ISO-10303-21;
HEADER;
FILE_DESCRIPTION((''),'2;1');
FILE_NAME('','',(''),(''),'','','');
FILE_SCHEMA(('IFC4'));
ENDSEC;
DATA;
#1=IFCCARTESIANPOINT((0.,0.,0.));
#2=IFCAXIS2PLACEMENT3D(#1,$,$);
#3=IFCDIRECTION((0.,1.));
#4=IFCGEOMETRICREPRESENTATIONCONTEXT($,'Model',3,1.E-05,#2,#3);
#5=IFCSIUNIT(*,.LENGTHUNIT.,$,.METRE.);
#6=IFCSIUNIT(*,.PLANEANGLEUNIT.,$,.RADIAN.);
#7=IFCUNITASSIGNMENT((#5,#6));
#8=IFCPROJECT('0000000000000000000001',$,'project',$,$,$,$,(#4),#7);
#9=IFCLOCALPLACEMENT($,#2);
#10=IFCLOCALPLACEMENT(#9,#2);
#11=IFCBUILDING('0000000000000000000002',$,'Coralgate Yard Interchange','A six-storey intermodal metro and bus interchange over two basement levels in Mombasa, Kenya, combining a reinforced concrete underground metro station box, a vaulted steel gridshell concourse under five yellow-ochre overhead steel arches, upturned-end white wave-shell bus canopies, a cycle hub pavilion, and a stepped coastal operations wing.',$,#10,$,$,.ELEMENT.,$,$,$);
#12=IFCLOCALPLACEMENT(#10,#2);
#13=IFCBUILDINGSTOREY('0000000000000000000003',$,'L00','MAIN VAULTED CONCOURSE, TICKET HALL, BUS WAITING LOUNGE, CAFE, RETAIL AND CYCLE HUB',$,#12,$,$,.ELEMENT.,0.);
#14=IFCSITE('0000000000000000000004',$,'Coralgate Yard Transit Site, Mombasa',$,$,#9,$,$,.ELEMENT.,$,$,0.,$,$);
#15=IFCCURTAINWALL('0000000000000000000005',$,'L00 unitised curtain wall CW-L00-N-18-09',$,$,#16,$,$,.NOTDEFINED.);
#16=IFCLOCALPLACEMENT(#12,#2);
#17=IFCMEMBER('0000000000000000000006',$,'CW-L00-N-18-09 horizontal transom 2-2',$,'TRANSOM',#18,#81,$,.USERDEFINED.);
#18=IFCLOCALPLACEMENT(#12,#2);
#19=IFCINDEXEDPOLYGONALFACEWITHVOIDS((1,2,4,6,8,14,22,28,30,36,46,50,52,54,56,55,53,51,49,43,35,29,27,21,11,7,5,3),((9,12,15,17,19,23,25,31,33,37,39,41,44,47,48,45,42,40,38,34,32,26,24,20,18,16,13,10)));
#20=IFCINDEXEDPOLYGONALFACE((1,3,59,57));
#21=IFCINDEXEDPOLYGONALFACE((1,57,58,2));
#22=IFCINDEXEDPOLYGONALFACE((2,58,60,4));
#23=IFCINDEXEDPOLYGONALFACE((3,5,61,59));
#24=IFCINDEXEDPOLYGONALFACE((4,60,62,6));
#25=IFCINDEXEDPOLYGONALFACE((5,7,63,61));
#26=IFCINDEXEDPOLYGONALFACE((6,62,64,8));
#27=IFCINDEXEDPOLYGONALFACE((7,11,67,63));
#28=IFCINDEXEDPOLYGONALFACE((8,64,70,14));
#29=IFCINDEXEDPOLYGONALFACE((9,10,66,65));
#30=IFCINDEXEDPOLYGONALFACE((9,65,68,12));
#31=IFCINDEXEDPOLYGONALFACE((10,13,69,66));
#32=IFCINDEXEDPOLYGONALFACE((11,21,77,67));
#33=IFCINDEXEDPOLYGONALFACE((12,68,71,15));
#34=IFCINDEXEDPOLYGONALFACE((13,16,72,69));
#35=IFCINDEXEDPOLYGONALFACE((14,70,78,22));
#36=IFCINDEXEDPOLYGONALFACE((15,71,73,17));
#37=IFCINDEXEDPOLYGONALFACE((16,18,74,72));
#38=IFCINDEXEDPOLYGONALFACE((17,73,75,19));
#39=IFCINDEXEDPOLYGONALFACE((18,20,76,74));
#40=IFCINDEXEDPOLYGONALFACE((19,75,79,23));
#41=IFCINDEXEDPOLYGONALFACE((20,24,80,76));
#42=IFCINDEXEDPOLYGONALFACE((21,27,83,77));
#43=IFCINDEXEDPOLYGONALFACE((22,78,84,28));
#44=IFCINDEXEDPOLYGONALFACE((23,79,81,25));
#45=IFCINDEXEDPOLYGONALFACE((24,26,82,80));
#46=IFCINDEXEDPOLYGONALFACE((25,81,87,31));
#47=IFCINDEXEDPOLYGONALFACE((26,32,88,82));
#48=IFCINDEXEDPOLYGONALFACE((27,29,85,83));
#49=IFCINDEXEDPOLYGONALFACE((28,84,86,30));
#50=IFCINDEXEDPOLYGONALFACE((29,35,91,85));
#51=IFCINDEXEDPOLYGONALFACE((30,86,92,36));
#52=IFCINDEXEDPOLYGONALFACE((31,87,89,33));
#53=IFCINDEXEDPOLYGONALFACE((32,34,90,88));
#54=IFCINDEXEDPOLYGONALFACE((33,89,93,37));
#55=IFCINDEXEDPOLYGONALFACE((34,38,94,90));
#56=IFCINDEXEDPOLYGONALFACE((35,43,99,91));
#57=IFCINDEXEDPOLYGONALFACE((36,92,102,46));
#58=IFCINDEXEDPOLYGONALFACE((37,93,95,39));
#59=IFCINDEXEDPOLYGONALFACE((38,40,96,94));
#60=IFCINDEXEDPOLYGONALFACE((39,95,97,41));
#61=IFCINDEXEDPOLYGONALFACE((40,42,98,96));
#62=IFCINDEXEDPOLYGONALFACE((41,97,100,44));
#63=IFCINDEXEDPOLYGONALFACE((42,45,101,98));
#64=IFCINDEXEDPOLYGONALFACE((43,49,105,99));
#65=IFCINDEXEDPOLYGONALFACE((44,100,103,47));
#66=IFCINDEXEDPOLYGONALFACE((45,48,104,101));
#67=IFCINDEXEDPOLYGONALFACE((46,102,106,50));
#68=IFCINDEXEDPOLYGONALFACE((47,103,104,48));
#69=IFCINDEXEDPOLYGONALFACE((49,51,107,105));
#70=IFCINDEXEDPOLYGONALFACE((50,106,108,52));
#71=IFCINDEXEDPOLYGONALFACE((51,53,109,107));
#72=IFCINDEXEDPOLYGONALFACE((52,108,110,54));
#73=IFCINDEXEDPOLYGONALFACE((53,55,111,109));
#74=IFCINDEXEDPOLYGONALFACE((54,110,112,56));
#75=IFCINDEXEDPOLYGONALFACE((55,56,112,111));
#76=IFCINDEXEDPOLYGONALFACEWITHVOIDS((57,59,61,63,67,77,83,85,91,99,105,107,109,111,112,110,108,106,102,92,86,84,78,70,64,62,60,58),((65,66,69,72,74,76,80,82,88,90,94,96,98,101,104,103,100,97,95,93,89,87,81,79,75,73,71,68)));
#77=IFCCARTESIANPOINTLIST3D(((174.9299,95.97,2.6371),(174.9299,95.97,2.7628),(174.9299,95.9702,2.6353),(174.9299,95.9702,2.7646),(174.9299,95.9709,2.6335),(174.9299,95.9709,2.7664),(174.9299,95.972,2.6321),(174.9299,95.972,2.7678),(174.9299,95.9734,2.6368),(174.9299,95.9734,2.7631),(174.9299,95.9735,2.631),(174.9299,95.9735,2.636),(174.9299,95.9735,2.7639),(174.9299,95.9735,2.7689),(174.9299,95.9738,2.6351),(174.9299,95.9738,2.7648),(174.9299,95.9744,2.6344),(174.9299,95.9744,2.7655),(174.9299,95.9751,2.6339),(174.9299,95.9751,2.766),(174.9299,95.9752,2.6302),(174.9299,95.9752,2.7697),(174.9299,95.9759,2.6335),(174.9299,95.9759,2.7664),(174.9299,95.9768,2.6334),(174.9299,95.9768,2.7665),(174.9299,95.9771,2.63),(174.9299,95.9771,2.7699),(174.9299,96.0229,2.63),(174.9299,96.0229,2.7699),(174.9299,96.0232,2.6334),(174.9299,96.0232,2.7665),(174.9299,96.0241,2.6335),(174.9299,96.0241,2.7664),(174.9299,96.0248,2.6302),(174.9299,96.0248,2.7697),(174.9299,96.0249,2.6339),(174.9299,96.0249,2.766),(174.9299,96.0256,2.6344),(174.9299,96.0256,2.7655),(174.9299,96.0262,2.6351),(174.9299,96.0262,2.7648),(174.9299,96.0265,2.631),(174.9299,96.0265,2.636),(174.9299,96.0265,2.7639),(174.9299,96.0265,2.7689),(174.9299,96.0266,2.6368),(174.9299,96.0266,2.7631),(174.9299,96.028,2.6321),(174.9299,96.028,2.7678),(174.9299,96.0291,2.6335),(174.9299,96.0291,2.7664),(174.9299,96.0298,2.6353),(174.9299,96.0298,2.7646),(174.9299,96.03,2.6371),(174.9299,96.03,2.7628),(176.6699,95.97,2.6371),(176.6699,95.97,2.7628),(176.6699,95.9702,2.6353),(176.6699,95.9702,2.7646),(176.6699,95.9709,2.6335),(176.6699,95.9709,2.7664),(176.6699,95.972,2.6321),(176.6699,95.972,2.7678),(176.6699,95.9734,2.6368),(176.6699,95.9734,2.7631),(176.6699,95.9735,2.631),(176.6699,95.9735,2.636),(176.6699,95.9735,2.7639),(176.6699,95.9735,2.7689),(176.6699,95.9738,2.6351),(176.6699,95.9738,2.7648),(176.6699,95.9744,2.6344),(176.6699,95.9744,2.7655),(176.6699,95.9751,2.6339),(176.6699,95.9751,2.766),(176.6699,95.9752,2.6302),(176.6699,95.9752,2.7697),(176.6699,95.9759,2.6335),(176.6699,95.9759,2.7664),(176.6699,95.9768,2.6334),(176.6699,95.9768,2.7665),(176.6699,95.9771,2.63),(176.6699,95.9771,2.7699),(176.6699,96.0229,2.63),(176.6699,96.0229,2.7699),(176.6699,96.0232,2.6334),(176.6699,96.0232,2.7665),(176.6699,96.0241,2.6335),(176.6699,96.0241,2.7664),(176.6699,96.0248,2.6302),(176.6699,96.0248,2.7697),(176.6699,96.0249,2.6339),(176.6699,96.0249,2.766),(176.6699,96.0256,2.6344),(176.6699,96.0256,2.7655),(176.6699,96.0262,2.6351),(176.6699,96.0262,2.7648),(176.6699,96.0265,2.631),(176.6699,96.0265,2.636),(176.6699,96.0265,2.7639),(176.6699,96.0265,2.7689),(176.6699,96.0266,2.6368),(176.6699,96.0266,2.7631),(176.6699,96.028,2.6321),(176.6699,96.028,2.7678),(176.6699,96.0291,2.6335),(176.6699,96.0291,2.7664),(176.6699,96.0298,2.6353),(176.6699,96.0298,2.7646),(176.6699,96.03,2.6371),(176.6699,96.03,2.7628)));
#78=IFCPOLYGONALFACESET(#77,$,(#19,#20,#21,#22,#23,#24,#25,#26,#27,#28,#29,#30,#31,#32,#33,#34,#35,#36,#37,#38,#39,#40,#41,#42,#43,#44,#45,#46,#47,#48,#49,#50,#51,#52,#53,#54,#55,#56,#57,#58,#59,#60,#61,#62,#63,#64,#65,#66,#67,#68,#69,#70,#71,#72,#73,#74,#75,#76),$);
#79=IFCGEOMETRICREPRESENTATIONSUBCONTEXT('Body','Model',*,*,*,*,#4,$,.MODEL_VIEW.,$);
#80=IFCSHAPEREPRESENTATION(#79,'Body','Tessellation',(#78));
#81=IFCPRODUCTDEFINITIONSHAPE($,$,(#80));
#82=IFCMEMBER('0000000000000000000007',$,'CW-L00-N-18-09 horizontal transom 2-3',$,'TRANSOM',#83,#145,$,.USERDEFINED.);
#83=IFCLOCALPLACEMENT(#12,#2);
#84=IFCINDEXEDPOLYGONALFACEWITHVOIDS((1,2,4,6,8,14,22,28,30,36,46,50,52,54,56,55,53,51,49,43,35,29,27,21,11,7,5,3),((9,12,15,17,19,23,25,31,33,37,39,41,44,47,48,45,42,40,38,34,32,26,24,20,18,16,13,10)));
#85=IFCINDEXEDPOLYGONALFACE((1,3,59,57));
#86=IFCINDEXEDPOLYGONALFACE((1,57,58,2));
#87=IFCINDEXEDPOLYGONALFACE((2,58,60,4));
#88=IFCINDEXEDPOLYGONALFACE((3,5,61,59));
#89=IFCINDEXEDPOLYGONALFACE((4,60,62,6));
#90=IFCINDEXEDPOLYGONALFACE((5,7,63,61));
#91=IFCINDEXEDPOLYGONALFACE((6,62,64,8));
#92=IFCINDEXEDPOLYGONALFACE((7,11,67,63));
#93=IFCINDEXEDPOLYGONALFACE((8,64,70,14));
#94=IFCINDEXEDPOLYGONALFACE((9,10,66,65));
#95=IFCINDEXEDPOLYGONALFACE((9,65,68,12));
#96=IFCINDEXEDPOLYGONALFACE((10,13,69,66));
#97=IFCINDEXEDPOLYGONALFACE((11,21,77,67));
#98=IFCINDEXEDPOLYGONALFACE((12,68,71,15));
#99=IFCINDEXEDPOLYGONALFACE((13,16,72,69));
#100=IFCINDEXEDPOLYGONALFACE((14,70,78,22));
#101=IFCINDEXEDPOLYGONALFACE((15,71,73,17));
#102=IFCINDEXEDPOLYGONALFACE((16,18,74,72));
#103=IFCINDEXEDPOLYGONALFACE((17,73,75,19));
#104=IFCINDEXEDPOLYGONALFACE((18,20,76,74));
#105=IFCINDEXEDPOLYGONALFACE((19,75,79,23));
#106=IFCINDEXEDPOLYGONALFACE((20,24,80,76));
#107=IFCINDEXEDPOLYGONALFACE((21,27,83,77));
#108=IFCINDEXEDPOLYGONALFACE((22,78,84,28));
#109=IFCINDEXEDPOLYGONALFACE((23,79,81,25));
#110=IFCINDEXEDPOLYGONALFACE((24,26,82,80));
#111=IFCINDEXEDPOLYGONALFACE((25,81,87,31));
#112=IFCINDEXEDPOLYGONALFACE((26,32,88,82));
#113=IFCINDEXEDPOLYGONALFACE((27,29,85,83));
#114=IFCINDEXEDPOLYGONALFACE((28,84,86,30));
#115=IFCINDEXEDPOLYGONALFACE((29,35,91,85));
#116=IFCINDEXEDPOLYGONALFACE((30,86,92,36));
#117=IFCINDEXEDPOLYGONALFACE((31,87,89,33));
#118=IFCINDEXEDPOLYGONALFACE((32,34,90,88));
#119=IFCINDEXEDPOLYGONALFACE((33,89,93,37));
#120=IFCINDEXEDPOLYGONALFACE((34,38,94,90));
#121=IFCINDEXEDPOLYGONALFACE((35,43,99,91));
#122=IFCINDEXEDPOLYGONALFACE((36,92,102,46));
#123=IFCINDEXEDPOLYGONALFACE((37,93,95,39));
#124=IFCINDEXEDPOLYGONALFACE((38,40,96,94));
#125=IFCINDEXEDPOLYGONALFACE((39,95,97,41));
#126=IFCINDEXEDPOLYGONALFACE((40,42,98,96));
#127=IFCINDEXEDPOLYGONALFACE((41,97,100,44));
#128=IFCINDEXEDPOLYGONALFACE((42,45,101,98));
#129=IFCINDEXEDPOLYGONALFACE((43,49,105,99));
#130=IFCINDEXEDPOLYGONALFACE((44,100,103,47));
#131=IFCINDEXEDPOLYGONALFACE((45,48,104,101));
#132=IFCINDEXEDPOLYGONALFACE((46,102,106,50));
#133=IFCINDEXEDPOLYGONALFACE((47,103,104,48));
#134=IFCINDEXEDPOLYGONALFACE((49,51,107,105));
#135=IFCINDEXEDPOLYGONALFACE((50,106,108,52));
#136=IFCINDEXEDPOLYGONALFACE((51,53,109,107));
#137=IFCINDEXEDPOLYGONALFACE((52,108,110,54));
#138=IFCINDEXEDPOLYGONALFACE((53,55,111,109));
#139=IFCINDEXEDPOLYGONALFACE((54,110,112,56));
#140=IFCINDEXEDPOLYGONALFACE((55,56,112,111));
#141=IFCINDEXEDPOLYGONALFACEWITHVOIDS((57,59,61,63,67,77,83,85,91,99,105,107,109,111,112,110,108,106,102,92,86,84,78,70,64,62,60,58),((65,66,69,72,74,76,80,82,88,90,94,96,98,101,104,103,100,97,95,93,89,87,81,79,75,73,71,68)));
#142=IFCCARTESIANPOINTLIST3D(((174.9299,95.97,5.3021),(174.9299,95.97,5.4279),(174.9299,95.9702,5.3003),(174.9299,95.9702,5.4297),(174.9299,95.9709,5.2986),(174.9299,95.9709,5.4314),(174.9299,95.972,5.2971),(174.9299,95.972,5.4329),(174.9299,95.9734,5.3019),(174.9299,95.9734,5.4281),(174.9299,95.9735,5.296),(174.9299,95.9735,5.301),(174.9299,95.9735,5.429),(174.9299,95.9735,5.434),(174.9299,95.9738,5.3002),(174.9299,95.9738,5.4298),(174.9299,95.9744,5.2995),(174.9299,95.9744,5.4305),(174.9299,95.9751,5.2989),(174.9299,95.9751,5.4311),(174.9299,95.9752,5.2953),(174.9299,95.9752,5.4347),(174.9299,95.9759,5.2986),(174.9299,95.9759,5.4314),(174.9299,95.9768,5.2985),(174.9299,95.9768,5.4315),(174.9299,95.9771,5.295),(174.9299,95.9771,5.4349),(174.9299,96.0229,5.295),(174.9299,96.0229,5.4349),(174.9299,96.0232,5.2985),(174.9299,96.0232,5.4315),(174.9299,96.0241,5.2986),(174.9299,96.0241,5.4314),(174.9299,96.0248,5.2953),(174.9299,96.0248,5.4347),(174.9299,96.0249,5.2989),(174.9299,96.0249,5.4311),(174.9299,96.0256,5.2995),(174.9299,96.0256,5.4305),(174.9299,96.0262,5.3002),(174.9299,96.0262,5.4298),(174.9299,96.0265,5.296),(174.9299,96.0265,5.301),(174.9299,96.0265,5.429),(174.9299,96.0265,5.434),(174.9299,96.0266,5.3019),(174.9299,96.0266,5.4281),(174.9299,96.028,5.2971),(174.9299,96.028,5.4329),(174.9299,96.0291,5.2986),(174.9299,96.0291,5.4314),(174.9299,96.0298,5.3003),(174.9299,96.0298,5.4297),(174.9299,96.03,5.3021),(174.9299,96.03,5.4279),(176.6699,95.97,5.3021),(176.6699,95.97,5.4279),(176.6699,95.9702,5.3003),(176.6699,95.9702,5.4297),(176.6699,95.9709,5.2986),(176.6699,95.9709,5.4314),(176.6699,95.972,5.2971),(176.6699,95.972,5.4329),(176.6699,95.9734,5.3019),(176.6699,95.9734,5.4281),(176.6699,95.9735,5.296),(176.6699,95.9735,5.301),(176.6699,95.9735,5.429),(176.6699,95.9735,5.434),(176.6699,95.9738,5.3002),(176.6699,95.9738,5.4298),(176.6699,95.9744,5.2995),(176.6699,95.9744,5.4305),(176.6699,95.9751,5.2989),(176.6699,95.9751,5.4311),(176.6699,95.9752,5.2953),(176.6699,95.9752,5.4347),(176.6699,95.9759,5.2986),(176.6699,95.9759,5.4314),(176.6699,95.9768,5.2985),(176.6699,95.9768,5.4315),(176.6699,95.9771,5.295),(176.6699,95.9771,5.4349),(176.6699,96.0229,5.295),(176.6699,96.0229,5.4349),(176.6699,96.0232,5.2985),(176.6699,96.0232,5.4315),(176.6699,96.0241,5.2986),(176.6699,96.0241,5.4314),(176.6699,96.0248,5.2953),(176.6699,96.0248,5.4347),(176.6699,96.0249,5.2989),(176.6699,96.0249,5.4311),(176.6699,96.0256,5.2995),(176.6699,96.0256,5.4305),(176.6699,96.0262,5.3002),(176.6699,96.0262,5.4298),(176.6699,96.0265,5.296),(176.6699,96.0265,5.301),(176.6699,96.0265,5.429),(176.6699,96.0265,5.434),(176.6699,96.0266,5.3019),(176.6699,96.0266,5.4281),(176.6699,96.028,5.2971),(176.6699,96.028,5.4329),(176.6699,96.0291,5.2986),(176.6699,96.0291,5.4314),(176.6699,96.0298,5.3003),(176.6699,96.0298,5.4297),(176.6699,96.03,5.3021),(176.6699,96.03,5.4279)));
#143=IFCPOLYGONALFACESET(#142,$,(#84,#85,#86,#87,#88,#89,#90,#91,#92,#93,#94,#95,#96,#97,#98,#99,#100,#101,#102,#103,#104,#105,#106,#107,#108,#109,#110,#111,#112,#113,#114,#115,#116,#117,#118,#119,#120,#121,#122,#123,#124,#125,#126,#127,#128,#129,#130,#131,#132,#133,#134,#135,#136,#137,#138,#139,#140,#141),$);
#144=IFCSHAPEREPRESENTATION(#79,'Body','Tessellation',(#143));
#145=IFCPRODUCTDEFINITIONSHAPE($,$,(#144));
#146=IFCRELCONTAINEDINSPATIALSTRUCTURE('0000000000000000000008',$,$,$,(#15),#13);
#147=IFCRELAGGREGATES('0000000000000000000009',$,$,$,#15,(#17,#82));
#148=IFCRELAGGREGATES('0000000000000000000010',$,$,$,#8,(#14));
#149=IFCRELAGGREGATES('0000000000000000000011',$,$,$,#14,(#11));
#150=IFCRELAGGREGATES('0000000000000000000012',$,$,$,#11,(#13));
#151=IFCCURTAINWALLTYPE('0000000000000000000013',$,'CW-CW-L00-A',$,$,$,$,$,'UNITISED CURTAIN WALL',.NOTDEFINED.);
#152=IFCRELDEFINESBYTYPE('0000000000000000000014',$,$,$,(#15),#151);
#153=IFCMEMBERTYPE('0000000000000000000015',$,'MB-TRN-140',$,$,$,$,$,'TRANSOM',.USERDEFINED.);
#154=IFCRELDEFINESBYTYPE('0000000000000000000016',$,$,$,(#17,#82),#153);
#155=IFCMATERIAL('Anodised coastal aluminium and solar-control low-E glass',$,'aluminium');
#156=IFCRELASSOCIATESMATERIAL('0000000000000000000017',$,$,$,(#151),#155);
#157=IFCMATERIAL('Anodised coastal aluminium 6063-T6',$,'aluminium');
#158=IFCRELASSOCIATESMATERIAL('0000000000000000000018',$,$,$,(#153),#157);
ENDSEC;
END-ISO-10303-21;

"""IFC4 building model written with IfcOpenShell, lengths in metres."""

from ifc_helpers import new_model, si_unit, direction, frame, origin, origin_2d, place, context, subcontext, project, spatial, hollow_rectangle, extrude, material, material_profile, profile_set, type_object, element, aggregate, save


model = new_model("IFC4")

# Units and contexts
model_context = context("Model", 3, precision=1e-05, world=origin(), true_north=direction((0.0, 1.0)))
body_context = subcontext(model_context, "Body", "Model", "MODEL_VIEW")
ifc_project = project(units=[si_unit("LENGTHUNIT", "METRE"), si_unit("PLANEANGLEUNIT", "RADIAN")], contexts=[model_context])

# Site, building, storey
site_placement = place(None, origin())
site = spatial("IfcSite", under=ifc_project, at=site_placement, Name="Coralgate Yard Transit Site, Mombasa", CompositionType="ELEMENT", RefElevation=0.0)
building_placement = place(site_placement, origin())
building = spatial("IfcBuilding", under=site, at=building_placement, Name="Coralgate Yard Interchange", Description="A six-storey intermodal metro and bus interchange over two basement levels in Mombasa, Kenya, combining a reinforced concrete underground metro station box, a vaulted steel gridshell concourse under five yellow-ochre overhead steel arches, upturned-end white wave-shell bus canopies, a cycle hub pavilion, and a stepped coastal operations wing.", CompositionType="ELEMENT")
storey_placement = place(building_placement, origin())
storey = spatial("IfcBuildingStorey", under=building, at=storey_placement, Name="L00", Description="MAIN VAULTED CONCOURSE, TICKET HALL, BUS WAITING LOUNGE, CAFE, RETAIL AND CYCLE HUB", CompositionType="ELEMENT", Elevation=0.0)

# Curtain wall, members
ifc_material_1 = material(Name="Anodised coastal aluminium and solar-control low-E glass", Category="aluminium")
curtain_wall_type = type_object("IfcCurtainWallType", Name="CW-CW-L00-A", ElementType="UNITISED CURTAIN WALL", PredefinedType="NOTDEFINED", material=ifc_material_1)
curtain_wall_placement = place(storey_placement, origin())
curtain_wall = element("IfcCurtainWall", 1, at=curtain_wall_placement, inside=storey, type_object=curtain_wall_type, Name="L00 unitised curtain wall CW-L00-N-18-09", PredefinedType="NOTDEFINED")
ifc_material_2 = material(Name="Anodised coastal aluminium 6063-T6", Category="aluminium")
ifc_material_profile_1 = material_profile(ifc_material_2, hollow_rectangle(XDim=0.0601, YDim=0.1399, WallThickness=0.0034, InnerFilletRadius=0.0034, OuterFilletRadius=0.0071, at=origin_2d()), Name="ALU 60x140x3.5")
ifc_profile_set_1 = profile_set([ifc_material_profile_1], Name="Anodised coastal aluminium 6063-T6")
member_type_1 = type_object("IfcMemberType", Name="MB-TRN-140", ElementType="TRANSOM", PredefinedType="USERDEFINED", material=ifc_profile_set_1)
member_1_placement = place(storey_placement, frame((174.9299, 96.0, 2.7), z_axis=(1.0, 0.0, 0.0), x_axis=(0.0, 1.0, 0.0)))
member_1 = element("IfcMember", 2, at=member_1_placement, type_object=member_type_1, Name="CW-L00-N-18-09 horizontal transom 2-2", ObjectType="TRANSOM", PredefinedType="USERDEFINED", context=body_context, shape_type="SweptSolid", body=[
    extrude(hollow_rectangle(XDim=0.0601, YDim=0.1399, WallThickness=0.0034, InnerFilletRadius=0.0034, OuterFilletRadius=0.0071, at=origin_2d()), origin(), (0.0, 0.0, 1.0), 1.74),
])
member_2_placement = place(storey_placement, frame((174.9299, 96.0, 5.365), z_axis=(1.0, 0.0, 0.0), x_axis=(0.0, 1.0, 0.0)))
member_2 = element("IfcMember", 3, at=member_2_placement, type_object=member_type_1, Name="CW-L00-N-18-09 horizontal transom 2-3", ObjectType="TRANSOM", PredefinedType="USERDEFINED", context=body_context, shape_type="SweptSolid", body=[
    extrude(hollow_rectangle(XDim=0.0601, YDim=0.1399, WallThickness=0.0034, InnerFilletRadius=0.0034, OuterFilletRadius=0.0071, at=origin_2d()), origin(), (0.0, 0.0, 1.0), 1.74),
])
aggregate(curtain_wall, [member_1, member_2])

save(model, "model.ifc")
